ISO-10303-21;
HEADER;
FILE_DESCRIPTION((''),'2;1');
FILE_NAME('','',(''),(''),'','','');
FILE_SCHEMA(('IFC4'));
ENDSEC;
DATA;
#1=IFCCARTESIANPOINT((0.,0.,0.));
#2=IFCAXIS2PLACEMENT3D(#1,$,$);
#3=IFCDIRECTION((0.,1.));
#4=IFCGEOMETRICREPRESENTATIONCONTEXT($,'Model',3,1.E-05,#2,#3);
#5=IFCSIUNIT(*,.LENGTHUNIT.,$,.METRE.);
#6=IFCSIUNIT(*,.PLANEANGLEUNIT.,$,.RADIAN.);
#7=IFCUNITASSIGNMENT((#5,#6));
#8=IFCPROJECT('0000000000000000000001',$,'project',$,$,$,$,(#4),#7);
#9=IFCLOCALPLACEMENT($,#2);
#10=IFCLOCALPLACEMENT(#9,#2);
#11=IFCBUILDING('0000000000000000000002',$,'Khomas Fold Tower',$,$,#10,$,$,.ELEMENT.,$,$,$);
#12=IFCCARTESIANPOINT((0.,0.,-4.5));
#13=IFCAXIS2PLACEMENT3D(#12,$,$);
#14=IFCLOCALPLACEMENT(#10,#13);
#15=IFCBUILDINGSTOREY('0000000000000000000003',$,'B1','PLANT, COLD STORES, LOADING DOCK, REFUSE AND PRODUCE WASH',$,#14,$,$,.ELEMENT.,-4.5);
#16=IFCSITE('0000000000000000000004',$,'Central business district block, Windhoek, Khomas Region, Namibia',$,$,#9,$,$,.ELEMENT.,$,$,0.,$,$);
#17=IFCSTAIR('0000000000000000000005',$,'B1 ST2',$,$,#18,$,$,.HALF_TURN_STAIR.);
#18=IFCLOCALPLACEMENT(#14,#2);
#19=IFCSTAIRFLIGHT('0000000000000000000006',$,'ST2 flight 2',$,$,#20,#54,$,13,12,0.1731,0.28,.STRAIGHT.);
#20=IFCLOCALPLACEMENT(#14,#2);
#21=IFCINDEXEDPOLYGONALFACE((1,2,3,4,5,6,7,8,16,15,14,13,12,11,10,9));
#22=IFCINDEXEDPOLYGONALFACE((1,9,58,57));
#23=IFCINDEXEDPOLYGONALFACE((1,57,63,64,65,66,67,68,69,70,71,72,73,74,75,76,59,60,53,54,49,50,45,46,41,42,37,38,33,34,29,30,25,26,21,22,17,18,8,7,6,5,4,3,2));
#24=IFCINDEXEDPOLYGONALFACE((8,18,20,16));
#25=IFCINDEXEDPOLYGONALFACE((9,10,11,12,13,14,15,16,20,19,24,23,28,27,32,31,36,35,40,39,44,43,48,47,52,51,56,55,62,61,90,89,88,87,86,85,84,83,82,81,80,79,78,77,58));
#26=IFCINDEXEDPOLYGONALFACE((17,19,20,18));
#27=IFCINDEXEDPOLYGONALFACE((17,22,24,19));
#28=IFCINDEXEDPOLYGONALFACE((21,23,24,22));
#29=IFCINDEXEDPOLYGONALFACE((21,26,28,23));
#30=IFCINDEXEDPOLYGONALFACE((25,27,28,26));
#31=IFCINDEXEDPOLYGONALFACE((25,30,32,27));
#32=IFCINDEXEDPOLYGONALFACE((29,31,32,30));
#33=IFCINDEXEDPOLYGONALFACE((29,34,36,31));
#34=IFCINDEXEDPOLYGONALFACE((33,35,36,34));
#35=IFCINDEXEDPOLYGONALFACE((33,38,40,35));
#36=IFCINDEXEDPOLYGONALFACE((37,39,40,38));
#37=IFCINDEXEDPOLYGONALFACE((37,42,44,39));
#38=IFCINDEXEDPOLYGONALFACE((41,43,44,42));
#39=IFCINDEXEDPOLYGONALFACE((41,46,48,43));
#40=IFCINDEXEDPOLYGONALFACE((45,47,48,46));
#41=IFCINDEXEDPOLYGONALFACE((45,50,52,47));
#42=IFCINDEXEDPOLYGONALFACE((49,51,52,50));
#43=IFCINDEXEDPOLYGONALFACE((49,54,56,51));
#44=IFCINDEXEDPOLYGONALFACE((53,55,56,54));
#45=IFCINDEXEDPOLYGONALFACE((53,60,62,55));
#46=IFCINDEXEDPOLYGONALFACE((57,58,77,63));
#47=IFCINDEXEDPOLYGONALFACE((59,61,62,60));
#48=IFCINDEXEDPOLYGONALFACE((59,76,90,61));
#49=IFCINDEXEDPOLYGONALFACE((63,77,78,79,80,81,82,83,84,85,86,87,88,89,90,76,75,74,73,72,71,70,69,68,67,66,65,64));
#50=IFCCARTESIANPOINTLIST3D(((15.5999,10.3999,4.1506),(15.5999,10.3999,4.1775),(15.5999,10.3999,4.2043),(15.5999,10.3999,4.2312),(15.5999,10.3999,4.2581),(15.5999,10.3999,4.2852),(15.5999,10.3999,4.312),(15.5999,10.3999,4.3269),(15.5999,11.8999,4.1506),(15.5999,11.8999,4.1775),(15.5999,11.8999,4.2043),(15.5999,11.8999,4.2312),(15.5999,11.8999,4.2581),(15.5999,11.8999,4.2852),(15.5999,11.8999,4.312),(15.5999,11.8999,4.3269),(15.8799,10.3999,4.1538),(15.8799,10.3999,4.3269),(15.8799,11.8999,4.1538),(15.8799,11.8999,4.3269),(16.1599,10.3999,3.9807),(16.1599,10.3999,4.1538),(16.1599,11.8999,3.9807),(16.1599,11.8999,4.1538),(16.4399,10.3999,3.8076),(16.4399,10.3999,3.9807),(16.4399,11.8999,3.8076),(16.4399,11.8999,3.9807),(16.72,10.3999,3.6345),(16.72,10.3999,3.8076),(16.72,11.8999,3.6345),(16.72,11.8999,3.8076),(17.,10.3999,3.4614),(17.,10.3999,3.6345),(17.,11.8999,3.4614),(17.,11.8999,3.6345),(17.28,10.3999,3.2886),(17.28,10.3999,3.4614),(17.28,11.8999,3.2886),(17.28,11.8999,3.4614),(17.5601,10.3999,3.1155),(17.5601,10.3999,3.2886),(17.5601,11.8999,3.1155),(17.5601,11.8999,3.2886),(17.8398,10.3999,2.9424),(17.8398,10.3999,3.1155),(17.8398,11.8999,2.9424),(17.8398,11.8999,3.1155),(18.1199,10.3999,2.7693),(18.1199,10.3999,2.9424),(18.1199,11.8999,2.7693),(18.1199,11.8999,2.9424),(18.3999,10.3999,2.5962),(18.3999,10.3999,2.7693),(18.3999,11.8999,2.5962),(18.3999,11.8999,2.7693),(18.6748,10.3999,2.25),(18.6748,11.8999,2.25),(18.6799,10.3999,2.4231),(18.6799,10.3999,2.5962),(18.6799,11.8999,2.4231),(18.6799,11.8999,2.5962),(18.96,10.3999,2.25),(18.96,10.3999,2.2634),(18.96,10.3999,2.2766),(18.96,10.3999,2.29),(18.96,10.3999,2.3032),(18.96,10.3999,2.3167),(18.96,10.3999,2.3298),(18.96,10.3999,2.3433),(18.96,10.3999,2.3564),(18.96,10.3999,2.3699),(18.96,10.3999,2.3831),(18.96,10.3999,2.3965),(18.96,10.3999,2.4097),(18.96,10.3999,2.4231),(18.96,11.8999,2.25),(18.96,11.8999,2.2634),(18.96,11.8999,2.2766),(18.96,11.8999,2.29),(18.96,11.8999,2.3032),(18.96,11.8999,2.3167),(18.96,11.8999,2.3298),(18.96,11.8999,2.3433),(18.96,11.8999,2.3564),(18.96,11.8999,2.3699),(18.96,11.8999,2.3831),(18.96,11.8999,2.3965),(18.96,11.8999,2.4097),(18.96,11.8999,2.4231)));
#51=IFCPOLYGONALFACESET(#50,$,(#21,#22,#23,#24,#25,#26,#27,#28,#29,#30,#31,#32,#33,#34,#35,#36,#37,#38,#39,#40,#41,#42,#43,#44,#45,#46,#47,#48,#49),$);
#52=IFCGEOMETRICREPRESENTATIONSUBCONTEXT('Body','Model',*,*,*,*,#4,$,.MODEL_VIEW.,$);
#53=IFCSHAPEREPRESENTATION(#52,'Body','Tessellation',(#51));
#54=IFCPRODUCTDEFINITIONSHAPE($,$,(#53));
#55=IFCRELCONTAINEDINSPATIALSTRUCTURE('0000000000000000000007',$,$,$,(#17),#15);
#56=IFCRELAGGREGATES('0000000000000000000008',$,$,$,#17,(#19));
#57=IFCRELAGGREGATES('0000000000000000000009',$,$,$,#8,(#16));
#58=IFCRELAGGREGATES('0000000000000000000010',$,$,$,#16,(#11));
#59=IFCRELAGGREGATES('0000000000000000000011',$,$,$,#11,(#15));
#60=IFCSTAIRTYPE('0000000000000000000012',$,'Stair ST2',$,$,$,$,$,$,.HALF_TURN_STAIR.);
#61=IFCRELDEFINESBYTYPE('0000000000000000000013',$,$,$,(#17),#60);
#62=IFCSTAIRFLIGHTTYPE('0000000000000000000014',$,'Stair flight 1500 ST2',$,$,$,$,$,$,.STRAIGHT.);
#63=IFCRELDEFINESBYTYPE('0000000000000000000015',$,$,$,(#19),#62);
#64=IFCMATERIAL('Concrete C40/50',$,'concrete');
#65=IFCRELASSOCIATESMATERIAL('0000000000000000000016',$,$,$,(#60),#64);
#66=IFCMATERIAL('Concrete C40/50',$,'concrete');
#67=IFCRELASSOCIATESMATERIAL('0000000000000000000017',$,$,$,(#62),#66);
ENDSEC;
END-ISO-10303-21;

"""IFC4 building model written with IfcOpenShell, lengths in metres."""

from ifc_helpers import new_model, si_unit, direction, frame, origin, place, context, subcontext, project, spatial, polyline, outline, extrude, source, transform, mapped, material, type_object, element, aggregate, save


model = new_model("IFC4")

# Units and contexts
model_context = context("Model", 3, precision=1e-05, world=origin(), true_north=direction((0.0, 1.0)))
body_context = subcontext(model_context, "Body", "Model", "MODEL_VIEW")
ifc_project = project(units=[si_unit("LENGTHUNIT", "METRE"), si_unit("PLANEANGLEUNIT", "RADIAN")], contexts=[model_context])

# Site, building, storey
site_placement = place(None, origin())
site = spatial("IfcSite", under=ifc_project, at=site_placement, Name="Central business district block, Windhoek, Khomas Region, Namibia", CompositionType="ELEMENT", RefElevation=0.0)
building_placement = place(site_placement, origin())
building = spatial("IfcBuilding", under=site, at=building_placement, Name="Khomas Fold Tower", CompositionType="ELEMENT")
storey_placement = place(building_placement, frame((0.0, 0.0, -4.5)))
storey = spatial("IfcBuildingStorey", under=building, at=storey_placement, Name="B1", Description="PLANT, COLD STORES, LOADING DOCK, REFUSE AND PRODUCE WASH", CompositionType="ELEMENT", Elevation=-4.5)

# Stair, stair flight
ifc_material_1 = material(Name="Concrete C40/50", Category="concrete")
stair_type = type_object("IfcStairType", Name="Stair ST2", PredefinedType="HALF_TURN_STAIR", material=ifc_material_1)
stair_placement = place(storey_placement, origin())
stair = element("IfcStair", 1, at=stair_placement, inside=storey, type_object=stair_type, Name="B1 ST2", PredefinedType="HALF_TURN_STAIR")
ifc_material_2 = material(Name="Concrete C40/50", Category="concrete")
stair_flight_type = type_object("IfcStairFlightType", Name="Stair flight 1500 ST2", PredefinedType="STRAIGHT", material=ifc_material_2)
shared_shape_1 = source(origin(), body_context, "Body", "SweptSolid", [
    extrude(outline(polyline([(0.0, 0.0), (0.0, 0.0134), (0.0, 0.0266), (0.0, 0.04), (0.0, 0.0532), (0.0, 0.0667), (0.0, 0.0798), (0.0, 0.0933), (0.0, 0.1064), (0.0, 0.1199), (0.0, 0.1331), (0.0, 0.1465), (0.0, 0.1597), (0.0, 0.1731), (0.28, 0.1731), (0.28, 0.3462), (0.5601, 0.3462), (0.5601, 0.5193), (0.8401, 0.5193), (0.8401, 0.6924), (1.1201, 0.6924), (1.1201, 0.8655), (1.3999, 0.8655), (1.3999, 1.0386), (1.6799, 1.0386), (1.6799, 1.2114), (1.96, 1.2114), (1.96, 1.3845), (2.24, 1.3845), (2.24, 1.5576), (2.52, 1.5576), (2.52, 1.7307), (2.8, 1.7307), (2.8, 1.9038), (3.0801, 1.9038), (3.0801, 2.0769), (3.3601, 2.0769), (3.3601, 2.25), (3.3601, 2.2231), (3.3601, 2.1963), (3.3601, 2.1694), (3.3601, 2.1426), (3.3601, 2.1157), (3.3601, 2.0889), (3.3601, 2.062), (3.3601, 2.0352), (3.3601, 2.0081), (3.3601, 1.9812), (3.3601, 1.9543), (3.3601, 1.9275), (3.3601, 1.9006), (0.2852, 0.0), (0.0, 0.0)])), frame((0.0, 0.75, 0.0), z_axis=(0.0, -1.0, 0.0), x_axis=(1.0, 0.0, 0.0)), (0.0, 0.0, 1.0), 1.5),
])
stair_flight_1_placement = place(storey_placement, frame((18.96, 11.1499, 2.25), z_axis=(0.0, 0.0, 1.0), x_axis=(-1.0, 0.0, 0.0)))
stair_flight_1 = element("IfcStairFlight", 2, at=stair_flight_1_placement, type_object=stair_flight_type, Name="ST2 flight 2", NumberOfRisers=13, NumberOfTreads=12, PredefinedType="STRAIGHT", RiserHeight=0.1731, TreadLength=0.28, context=body_context, shape_type="MappedRepresentation", body=[
    mapped(shared_shape_1, transform((0.0, 0.0, 0.0))),
])
aggregate(stair, [stair_flight_1])

save(model, "model.ifc")
